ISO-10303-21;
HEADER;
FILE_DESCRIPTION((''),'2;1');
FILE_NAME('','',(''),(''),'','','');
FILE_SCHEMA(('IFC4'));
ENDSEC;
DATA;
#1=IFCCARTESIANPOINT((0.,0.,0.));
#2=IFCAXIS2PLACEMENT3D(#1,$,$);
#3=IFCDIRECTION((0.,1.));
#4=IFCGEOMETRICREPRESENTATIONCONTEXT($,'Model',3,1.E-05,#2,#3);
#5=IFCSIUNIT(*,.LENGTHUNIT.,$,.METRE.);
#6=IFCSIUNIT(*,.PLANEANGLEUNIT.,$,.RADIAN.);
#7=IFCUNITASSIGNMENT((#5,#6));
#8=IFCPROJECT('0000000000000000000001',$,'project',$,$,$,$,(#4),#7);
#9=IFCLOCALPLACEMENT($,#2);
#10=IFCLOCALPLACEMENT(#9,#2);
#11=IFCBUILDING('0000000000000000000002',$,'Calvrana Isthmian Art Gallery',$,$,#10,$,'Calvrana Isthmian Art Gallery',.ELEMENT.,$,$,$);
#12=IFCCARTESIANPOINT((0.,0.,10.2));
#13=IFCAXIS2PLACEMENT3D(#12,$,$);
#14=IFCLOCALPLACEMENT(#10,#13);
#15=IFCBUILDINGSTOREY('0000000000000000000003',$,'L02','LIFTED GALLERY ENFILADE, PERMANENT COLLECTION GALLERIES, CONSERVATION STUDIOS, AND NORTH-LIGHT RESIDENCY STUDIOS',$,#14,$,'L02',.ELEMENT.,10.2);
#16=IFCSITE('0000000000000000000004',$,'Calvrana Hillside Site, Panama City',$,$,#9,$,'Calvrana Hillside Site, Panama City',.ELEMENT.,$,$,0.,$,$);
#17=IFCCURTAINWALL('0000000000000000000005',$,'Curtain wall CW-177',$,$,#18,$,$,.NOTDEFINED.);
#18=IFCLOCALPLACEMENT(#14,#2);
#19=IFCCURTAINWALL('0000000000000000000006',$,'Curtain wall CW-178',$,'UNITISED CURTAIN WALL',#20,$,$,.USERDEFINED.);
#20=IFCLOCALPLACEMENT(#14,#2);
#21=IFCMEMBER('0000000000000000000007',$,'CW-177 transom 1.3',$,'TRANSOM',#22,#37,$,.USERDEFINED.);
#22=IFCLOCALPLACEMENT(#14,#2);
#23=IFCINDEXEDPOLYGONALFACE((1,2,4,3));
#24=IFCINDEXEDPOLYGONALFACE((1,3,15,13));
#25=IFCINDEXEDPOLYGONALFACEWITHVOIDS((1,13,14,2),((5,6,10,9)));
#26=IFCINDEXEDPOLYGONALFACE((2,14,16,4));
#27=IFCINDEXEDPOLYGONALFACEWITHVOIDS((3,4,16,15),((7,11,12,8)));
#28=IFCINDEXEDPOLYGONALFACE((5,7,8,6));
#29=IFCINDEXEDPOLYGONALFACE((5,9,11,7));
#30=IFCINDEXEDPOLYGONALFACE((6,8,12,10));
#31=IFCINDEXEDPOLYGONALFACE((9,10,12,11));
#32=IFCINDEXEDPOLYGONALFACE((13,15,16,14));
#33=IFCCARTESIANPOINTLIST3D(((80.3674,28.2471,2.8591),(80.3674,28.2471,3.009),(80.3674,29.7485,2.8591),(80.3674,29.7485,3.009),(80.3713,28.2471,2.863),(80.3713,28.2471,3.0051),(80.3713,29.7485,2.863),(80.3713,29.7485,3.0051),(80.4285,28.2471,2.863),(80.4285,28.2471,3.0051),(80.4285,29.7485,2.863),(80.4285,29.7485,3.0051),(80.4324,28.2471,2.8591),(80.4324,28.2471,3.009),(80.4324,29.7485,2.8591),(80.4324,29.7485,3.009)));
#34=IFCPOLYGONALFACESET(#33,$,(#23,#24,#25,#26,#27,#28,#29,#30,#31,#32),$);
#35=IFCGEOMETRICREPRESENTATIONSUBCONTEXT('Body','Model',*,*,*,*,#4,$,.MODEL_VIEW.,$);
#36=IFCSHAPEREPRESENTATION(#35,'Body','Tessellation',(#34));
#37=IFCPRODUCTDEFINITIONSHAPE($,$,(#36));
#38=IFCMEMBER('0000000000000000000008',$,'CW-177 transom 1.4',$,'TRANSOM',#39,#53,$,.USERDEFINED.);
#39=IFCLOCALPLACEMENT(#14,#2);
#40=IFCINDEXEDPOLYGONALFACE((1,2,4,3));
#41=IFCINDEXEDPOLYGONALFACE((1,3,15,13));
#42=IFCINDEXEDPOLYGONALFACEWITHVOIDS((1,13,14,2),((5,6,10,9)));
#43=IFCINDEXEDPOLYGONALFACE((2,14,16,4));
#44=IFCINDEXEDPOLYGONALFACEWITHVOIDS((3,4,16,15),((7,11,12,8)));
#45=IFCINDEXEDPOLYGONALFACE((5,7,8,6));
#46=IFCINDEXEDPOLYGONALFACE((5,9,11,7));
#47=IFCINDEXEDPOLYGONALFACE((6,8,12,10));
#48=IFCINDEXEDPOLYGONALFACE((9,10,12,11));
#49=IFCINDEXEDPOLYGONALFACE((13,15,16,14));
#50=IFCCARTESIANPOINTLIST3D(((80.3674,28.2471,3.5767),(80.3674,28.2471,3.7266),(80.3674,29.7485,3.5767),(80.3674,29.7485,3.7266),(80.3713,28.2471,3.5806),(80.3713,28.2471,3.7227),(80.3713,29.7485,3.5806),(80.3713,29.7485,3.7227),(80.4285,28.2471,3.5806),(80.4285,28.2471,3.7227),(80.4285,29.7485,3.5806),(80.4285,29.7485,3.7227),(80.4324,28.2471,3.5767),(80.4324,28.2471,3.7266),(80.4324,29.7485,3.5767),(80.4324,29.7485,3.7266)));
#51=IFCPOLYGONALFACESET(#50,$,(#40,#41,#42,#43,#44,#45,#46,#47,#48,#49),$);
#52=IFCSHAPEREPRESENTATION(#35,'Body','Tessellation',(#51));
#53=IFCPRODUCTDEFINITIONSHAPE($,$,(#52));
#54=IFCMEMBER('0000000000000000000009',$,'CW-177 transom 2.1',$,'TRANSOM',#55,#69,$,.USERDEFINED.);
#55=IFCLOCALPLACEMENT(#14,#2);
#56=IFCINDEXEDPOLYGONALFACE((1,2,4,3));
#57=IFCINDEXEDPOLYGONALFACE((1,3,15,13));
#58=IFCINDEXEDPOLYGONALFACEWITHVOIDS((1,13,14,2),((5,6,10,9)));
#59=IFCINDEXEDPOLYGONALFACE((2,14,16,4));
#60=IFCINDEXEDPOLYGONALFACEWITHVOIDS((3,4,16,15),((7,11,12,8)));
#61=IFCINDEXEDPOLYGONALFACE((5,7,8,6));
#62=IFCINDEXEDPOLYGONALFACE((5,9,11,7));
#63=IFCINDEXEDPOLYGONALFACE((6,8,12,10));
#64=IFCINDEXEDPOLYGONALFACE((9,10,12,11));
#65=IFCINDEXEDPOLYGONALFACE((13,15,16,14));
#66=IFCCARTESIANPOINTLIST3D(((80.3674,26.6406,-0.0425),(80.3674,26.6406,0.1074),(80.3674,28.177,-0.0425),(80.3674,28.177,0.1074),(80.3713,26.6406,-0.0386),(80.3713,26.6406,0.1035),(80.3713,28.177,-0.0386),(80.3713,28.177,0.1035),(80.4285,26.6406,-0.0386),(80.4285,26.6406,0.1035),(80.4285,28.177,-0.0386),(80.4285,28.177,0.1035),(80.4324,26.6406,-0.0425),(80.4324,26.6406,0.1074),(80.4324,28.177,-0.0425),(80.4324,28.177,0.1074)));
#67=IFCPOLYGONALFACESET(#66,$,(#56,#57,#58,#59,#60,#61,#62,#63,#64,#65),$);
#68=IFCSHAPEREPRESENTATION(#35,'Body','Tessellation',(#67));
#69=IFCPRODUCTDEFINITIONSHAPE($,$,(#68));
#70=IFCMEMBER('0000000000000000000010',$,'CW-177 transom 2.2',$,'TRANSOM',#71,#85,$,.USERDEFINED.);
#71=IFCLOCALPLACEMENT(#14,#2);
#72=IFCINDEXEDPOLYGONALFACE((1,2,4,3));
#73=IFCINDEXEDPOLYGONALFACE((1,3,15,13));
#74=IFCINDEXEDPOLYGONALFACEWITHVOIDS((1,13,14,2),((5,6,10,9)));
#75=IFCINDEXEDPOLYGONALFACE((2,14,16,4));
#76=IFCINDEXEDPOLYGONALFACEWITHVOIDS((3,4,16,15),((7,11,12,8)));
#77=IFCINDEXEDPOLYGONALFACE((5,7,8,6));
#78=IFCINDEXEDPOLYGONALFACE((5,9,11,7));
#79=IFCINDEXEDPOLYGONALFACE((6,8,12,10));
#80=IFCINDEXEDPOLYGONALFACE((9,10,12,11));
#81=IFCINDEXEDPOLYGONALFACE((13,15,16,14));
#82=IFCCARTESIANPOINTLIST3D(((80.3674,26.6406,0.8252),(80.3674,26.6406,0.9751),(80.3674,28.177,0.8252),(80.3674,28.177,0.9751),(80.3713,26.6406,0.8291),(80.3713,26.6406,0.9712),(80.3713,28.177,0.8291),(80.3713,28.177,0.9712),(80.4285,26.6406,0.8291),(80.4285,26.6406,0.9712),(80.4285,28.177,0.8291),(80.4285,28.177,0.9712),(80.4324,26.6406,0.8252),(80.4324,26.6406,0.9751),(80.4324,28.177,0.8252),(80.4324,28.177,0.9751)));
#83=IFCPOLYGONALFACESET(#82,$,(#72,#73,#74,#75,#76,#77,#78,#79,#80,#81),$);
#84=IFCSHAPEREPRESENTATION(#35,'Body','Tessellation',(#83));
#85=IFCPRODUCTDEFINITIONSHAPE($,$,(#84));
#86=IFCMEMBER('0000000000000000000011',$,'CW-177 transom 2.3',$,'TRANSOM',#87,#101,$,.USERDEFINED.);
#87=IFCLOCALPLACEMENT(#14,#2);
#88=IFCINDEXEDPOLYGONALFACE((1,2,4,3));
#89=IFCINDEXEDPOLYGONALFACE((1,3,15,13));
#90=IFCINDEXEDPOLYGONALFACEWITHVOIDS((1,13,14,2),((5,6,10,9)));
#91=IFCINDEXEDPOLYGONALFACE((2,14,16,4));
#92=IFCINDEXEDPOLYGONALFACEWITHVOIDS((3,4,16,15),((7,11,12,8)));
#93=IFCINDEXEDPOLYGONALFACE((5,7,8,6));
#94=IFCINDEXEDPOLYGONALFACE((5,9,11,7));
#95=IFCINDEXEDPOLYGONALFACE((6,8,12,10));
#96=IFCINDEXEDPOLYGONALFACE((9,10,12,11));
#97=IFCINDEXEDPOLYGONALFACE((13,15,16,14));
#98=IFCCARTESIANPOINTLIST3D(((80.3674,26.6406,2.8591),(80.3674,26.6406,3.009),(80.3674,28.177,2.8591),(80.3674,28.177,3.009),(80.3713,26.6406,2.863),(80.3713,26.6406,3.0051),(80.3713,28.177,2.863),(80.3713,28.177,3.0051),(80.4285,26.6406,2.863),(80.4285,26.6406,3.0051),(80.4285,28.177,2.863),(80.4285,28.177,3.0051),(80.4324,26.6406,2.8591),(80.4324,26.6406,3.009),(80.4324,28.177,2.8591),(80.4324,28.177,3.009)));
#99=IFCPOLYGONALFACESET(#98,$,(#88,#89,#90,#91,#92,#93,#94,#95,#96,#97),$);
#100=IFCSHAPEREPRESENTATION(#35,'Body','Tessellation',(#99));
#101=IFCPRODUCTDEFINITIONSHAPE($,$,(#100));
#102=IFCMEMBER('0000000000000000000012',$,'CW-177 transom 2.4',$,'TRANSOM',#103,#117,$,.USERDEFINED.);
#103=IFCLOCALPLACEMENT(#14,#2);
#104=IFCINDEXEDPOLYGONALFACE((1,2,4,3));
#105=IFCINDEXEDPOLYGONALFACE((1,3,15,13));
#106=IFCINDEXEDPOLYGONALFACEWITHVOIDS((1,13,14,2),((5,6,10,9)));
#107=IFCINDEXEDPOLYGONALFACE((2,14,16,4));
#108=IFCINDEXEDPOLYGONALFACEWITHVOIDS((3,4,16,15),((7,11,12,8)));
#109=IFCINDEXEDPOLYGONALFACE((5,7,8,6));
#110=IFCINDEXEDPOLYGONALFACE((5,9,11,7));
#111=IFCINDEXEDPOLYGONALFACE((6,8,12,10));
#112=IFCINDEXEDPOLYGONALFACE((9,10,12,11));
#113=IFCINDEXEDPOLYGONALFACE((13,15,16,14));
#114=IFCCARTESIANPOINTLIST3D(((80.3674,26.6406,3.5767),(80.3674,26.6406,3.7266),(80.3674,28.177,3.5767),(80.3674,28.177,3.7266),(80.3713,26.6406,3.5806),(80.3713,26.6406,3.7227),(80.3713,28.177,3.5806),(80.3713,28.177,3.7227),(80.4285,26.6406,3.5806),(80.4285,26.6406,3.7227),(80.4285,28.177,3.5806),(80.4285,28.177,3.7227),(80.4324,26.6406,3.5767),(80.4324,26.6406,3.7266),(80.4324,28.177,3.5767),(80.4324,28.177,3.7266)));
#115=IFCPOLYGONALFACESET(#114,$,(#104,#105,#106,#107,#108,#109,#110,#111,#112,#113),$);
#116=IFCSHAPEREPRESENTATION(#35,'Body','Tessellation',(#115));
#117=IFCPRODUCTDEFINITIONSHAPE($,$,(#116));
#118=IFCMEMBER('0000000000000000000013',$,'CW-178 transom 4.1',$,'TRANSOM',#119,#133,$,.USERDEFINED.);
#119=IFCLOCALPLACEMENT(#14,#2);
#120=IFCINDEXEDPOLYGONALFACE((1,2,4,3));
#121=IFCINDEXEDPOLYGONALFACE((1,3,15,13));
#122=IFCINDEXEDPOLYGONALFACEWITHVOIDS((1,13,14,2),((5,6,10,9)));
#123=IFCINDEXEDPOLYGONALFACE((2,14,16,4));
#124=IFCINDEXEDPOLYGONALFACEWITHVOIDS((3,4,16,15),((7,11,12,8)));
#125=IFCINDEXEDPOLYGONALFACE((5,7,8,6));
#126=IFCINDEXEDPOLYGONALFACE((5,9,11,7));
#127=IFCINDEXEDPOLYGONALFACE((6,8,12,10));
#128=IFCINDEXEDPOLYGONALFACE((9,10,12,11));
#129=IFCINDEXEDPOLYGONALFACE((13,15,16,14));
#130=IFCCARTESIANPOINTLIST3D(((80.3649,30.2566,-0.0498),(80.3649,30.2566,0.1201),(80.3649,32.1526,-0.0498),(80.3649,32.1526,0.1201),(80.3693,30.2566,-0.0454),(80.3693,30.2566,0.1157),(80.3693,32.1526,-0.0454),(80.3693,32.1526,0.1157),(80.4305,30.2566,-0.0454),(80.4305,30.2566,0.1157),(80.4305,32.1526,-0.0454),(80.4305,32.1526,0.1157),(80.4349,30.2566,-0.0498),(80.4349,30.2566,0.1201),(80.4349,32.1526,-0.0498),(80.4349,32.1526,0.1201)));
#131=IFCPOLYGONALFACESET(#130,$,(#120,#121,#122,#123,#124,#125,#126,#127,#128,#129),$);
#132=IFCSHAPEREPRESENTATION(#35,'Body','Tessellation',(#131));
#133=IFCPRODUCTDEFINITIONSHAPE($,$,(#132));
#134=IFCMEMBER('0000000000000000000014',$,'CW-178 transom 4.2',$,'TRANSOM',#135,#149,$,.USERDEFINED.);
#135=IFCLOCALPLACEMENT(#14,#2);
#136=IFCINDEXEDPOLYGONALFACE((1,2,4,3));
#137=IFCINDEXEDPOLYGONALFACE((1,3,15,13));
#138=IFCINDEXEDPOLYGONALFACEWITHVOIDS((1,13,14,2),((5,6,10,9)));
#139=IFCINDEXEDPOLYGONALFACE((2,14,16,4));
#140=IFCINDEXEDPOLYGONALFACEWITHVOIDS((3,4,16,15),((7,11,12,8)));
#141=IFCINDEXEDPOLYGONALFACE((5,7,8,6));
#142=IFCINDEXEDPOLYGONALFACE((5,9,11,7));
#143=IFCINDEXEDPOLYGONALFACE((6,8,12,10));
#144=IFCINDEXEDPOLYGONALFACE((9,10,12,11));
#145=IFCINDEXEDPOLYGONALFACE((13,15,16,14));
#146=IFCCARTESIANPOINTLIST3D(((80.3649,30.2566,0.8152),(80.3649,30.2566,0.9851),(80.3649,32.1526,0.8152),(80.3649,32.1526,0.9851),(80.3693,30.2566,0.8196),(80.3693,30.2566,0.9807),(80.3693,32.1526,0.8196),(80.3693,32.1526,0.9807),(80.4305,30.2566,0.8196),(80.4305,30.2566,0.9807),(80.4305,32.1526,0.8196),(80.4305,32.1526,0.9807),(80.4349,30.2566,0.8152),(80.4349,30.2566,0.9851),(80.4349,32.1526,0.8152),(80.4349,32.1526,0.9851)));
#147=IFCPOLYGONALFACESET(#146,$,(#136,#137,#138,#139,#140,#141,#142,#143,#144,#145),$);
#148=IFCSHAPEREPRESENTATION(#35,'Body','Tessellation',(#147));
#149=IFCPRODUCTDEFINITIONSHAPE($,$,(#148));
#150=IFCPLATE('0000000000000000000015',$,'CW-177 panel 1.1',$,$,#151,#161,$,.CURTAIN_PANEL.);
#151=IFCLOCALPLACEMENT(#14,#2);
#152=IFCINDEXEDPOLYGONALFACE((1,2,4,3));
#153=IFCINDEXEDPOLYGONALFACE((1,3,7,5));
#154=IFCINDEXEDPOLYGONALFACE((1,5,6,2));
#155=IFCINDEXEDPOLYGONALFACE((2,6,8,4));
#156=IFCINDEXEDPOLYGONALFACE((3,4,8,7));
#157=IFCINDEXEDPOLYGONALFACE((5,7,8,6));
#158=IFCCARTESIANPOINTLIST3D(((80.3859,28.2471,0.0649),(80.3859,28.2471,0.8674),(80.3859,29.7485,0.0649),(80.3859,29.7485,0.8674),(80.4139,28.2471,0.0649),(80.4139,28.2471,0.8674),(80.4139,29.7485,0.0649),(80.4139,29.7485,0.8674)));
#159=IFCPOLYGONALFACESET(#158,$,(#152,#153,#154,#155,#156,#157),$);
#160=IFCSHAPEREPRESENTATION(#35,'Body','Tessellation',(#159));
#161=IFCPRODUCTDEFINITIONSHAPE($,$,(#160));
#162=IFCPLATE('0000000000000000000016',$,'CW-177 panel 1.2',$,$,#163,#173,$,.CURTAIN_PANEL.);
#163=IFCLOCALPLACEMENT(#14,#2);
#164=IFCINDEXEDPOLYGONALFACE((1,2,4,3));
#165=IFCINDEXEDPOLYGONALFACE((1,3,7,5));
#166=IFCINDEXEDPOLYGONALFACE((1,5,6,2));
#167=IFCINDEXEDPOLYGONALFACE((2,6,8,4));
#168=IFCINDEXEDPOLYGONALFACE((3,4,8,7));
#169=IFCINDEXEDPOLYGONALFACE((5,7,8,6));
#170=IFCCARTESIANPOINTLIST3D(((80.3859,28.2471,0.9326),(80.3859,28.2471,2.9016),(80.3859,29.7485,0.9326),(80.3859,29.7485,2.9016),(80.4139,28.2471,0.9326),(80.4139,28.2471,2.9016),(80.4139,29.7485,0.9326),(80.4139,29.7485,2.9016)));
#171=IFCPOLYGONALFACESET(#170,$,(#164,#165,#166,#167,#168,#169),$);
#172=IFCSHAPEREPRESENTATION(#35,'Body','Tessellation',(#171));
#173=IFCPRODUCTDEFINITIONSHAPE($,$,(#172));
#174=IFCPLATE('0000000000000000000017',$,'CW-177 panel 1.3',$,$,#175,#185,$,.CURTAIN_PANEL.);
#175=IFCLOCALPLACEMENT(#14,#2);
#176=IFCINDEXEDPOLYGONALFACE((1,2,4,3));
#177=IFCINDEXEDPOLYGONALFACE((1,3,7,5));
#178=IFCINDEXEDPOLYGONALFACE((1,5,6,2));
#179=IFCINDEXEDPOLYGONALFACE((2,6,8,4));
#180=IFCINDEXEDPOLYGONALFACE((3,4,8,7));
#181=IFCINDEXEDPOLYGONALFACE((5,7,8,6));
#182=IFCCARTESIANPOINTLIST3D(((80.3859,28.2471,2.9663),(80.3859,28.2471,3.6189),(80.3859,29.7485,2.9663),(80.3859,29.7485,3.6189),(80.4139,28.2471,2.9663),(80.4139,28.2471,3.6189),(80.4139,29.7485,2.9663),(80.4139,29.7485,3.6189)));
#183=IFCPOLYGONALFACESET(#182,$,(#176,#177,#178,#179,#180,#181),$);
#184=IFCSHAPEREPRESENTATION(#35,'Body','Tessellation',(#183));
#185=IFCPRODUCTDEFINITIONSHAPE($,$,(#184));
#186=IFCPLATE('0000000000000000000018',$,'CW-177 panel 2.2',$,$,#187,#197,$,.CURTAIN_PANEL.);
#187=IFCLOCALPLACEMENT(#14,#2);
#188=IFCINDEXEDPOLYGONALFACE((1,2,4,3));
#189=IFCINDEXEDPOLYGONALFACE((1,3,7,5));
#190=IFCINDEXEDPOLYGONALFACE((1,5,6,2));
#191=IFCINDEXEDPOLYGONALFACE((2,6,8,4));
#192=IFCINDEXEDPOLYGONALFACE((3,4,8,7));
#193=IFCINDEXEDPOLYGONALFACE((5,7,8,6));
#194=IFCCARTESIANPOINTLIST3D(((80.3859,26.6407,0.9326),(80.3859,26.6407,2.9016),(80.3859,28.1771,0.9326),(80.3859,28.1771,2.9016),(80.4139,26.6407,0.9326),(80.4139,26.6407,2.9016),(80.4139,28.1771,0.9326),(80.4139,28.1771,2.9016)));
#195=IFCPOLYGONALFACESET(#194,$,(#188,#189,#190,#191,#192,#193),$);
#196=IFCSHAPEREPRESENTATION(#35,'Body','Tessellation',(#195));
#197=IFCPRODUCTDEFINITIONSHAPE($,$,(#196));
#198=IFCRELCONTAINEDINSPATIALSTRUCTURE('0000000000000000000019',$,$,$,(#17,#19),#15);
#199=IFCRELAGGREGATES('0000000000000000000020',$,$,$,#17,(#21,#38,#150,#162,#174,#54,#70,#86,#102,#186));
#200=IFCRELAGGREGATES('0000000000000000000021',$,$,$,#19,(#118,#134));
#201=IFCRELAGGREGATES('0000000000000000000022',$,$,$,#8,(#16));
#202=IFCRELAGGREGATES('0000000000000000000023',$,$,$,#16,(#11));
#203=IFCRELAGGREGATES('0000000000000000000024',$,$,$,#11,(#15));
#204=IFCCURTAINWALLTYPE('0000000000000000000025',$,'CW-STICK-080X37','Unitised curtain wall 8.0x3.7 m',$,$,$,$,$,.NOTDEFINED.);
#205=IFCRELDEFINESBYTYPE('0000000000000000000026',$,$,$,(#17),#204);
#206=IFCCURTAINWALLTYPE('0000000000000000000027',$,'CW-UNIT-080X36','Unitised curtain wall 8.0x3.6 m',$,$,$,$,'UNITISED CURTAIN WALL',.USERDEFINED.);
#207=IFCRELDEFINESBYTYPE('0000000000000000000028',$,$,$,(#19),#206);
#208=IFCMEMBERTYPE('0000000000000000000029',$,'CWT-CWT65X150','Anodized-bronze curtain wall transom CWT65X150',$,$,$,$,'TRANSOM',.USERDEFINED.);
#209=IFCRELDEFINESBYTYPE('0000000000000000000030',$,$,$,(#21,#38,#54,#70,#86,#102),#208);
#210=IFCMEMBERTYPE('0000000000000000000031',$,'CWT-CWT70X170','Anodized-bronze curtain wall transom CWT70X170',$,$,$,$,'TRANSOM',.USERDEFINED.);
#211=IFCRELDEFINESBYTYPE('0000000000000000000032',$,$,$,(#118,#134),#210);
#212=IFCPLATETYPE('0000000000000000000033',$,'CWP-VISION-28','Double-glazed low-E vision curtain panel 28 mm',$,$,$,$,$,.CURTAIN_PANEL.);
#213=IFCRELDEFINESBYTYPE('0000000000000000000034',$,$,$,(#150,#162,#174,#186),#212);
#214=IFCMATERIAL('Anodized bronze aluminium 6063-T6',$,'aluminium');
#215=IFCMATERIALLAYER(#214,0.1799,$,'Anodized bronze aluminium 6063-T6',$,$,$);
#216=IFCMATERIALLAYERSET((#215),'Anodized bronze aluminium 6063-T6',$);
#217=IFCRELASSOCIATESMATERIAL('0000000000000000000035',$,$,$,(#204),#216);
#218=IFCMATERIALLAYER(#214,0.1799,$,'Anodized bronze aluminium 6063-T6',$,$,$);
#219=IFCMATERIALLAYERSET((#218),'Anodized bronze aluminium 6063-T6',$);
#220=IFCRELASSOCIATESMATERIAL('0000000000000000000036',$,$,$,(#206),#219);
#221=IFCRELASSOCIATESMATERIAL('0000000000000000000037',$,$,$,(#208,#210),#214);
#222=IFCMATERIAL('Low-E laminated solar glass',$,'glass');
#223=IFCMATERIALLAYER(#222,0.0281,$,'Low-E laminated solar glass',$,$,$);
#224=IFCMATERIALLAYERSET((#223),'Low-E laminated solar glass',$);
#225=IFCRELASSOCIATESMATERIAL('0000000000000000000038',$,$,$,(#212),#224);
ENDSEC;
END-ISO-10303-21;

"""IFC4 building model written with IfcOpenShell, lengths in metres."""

from ifc_helpers import new_model, si_unit, direction, frame, origin, origin_2d, place, context, subcontext, project, spatial, rectangle, hollow_rectangle, extrude, material, layer, layer_set, material_profile, profile_set, type_object, element, aggregate, save


model = new_model("IFC4")

# Units and contexts
model_context = context("Model", 3, precision=1e-05, world=origin(), true_north=direction((0.0, 1.0)))
body_context = subcontext(model_context, "Body", "Model", "MODEL_VIEW")
ifc_project = project(units=[si_unit("LENGTHUNIT", "METRE"), si_unit("PLANEANGLEUNIT", "RADIAN")], contexts=[model_context])

# Site, building, storey
site_placement = place(None, origin())
site = spatial("IfcSite", under=ifc_project, at=site_placement, Name="Calvrana Hillside Site, Panama City", LongName="Calvrana Hillside Site, Panama City", CompositionType="ELEMENT", RefElevation=0.0)
building_placement = place(site_placement, origin())
building = spatial("IfcBuilding", under=site, at=building_placement, Name="Calvrana Isthmian Art Gallery", LongName="Calvrana Isthmian Art Gallery", CompositionType="ELEMENT")
storey_placement = place(building_placement, frame((0.0, 0.0, 10.2)))
storey = spatial("IfcBuildingStorey", under=building, at=storey_placement, Name="L02", Description="LIFTED GALLERY ENFILADE, PERMANENT COLLECTION GALLERIES, CONSERVATION STUDIOS, AND NORTH-LIGHT RESIDENCY STUDIOS", LongName="L02", CompositionType="ELEMENT", Elevation=10.2)

# Curtain wall
ifc_material_1 = material(Name="Anodized bronze aluminium 6063-T6", Category="aluminium")
ifc_layer_1 = layer(ifc_material_1, 0.1799, Name="Anodized bronze aluminium 6063-T6")
ifc_layer_set_1 = layer_set([ifc_layer_1], Name="Anodized bronze aluminium 6063-T6")
curtain_wall_type_1 = type_object("IfcCurtainWallType", Name="CW-STICK-080X37", Description="Unitised curtain wall 8.0x3.7 m", PredefinedType="NOTDEFINED", material=ifc_layer_set_1)
curtain_wall_1_placement = place(storey_placement, origin())
curtain_wall_1 = element("IfcCurtainWall", 1, at=curtain_wall_1_placement, inside=storey, type_object=curtain_wall_type_1, Name="Curtain wall CW-177", PredefinedType="NOTDEFINED")

# Curtain wall
ifc_layer_2 = layer(ifc_material_1, 0.1799, Name="Anodized bronze aluminium 6063-T6")
ifc_layer_set_2 = layer_set([ifc_layer_2], Name="Anodized bronze aluminium 6063-T6")
curtain_wall_type_2 = type_object("IfcCurtainWallType", Name="CW-UNIT-080X36", Description="Unitised curtain wall 8.0x3.6 m", ElementType="UNITISED CURTAIN WALL", PredefinedType="USERDEFINED", material=ifc_layer_set_2)
curtain_wall_2_placement = place(storey_placement, origin())
curtain_wall_2 = element("IfcCurtainWall", 2, at=curtain_wall_2_placement, inside=storey, type_object=curtain_wall_type_2, Name="Curtain wall CW-178", ObjectType="UNITISED CURTAIN WALL", PredefinedType="USERDEFINED")

# Members
ifc_material_profile_1 = material_profile(ifc_material_1, hollow_rectangle(XDim=0.0649, YDim=0.1499, WallThickness=0.0039, at=origin_2d()), Name="CWT65X150")
ifc_profile_set_1 = profile_set([ifc_material_profile_1], Name="Anodized bronze aluminium 6063-T6")
member_type_1 = type_object("IfcMemberType", Name="CWT-CWT65X150", Description="Anodized-bronze curtain wall transom CWT65X150", ElementType="TRANSOM", PredefinedType="USERDEFINED", material=ifc_profile_set_1)
member_1_placement = place(storey_placement, frame((80.3999, 29.7485, 2.9341), z_axis=(0.0, -1.0, 0.0), x_axis=(1.0, 0.0, 0.0)))
member_1 = element("IfcMember", 3, at=member_1_placement, type_object=member_type_1, Name="CW-177 transom 1.3", ObjectType="TRANSOM", PredefinedType="USERDEFINED", context=body_context, shape_type="SweptSolid", body=[
    extrude(hollow_rectangle(XDim=0.0649, YDim=0.1499, WallThickness=0.0039, at=origin_2d()), origin(), (0.0, 0.0, 1.0), 1.5015),
])
member_2_placement = place(storey_placement, frame((80.3999, 29.7485, 3.6516), z_axis=(0.0, -1.0, 0.0), x_axis=(1.0, 0.0, 0.0)))
member_2 = element("IfcMember", 4, at=member_2_placement, type_object=member_type_1, Name="CW-177 transom 1.4", ObjectType="TRANSOM", PredefinedType="USERDEFINED", context=body_context, shape_type="SweptSolid", body=[
    extrude(hollow_rectangle(XDim=0.0649, YDim=0.1499, WallThickness=0.0039, at=origin_2d()), origin(), (0.0, 0.0, 1.0), 1.5015),
])
member_3_placement = place(storey_placement, frame((80.3999, 28.177, 0.0325), z_axis=(0.0, -1.0, 0.0), x_axis=(1.0, 0.0, 0.0)))
member_3 = element("IfcMember", 5, at=member_3_placement, type_object=member_type_1, Name="CW-177 transom 2.1", ObjectType="TRANSOM", PredefinedType="USERDEFINED", context=body_context, shape_type="SweptSolid", body=[
    extrude(hollow_rectangle(XDim=0.0649, YDim=0.1499, WallThickness=0.0039, at=origin_2d()), origin(), (0.0, 0.0, 1.0), 1.5364),
])
member_4_placement = place(storey_placement, frame((80.3999, 28.177, 0.9001), z_axis=(0.0, -1.0, 0.0), x_axis=(1.0, 0.0, 0.0)))
member_4 = element("IfcMember", 6, at=member_4_placement, type_object=member_type_1, Name="CW-177 transom 2.2", ObjectType="TRANSOM", PredefinedType="USERDEFINED", context=body_context, shape_type="SweptSolid", body=[
    extrude(hollow_rectangle(XDim=0.0649, YDim=0.1499, WallThickness=0.0039, at=origin_2d()), origin(), (0.0, 0.0, 1.0), 1.5364),
])
member_5_placement = place(storey_placement, frame((80.3999, 28.177, 2.9341), z_axis=(0.0, -1.0, 0.0), x_axis=(1.0, 0.0, 0.0)))
member_5 = element("IfcMember", 7, at=member_5_placement, type_object=member_type_1, Name="CW-177 transom 2.3", ObjectType="TRANSOM", PredefinedType="USERDEFINED", context=body_context, shape_type="SweptSolid", body=[
    extrude(hollow_rectangle(XDim=0.0649, YDim=0.1499, WallThickness=0.0039, at=origin_2d()), origin(), (0.0, 0.0, 1.0), 1.5364),
])
member_6_placement = place(storey_placement, frame((80.3999, 28.177, 3.6516), z_axis=(0.0, -1.0, 0.0), x_axis=(1.0, 0.0, 0.0)))
member_6 = element("IfcMember", 8, at=member_6_placement, type_object=member_type_1, Name="CW-177 transom 2.4", ObjectType="TRANSOM", PredefinedType="USERDEFINED", context=body_context, shape_type="SweptSolid", body=[
    extrude(hollow_rectangle(XDim=0.0649, YDim=0.1499, WallThickness=0.0039, at=origin_2d()), origin(), (0.0, 0.0, 1.0), 1.5364),
])
ifc_material_profile_2 = material_profile(ifc_material_1, hollow_rectangle(XDim=0.0701, YDim=0.1699, WallThickness=0.0044, at=origin_2d()), Name="CWT70X170")
ifc_profile_set_2 = profile_set([ifc_material_profile_2], Name="Anodized bronze aluminium 6063-T6")
member_type_2 = type_object("IfcMemberType", Name="CWT-CWT70X170", Description="Anodized-bronze curtain wall transom CWT70X170", ElementType="TRANSOM", PredefinedType="USERDEFINED", material=ifc_profile_set_2)
member_7_placement = place(storey_placement, frame((80.3999, 32.1526, 0.0352), z_axis=(0.0, -1.0, 0.0), x_axis=(1.0, 0.0, 0.0)))
member_7 = element("IfcMember", 9, at=member_7_placement, type_object=member_type_2, Name="CW-178 transom 4.1", ObjectType="TRANSOM", PredefinedType="USERDEFINED", context=body_context, shape_type="SweptSolid", body=[
    extrude(hollow_rectangle(XDim=0.0701, YDim=0.1699, WallThickness=0.0044, at=origin_2d()), origin(), (0.0, 0.0, 1.0), 1.896),
])
member_8_placement = place(storey_placement, frame((80.3999, 32.1526, 0.9001), z_axis=(0.0, -1.0, 0.0), x_axis=(1.0, 0.0, 0.0)))
member_8 = element("IfcMember", 10, at=member_8_placement, type_object=member_type_2, Name="CW-178 transom 4.2", ObjectType="TRANSOM", PredefinedType="USERDEFINED", context=body_context, shape_type="SweptSolid", body=[
    extrude(hollow_rectangle(XDim=0.0701, YDim=0.1699, WallThickness=0.0044, at=origin_2d()), origin(), (0.0, 0.0, 1.0), 1.896),
])

# Plates
ifc_material_2 = material(Name="Low-E laminated solar glass", Category="glass")
ifc_layer_3 = layer(ifc_material_2, 0.0281, Name="Low-E laminated solar glass")
ifc_layer_set_3 = layer_set([ifc_layer_3], Name="Low-E laminated solar glass")
plate_type = type_object("IfcPlateType", Name="CWP-VISION-28", Description="Double-glazed low-E vision curtain panel 28 mm", PredefinedType="CURTAIN_PANEL", material=ifc_layer_set_3)
plate_1_placement = place(storey_placement, frame((80.3999, 28.9978, 0.0649), z_axis=(0.0, 0.0, 1.0), x_axis=(0.0, -1.0, 0.0)))
plate_1 = element("IfcPlate", 11, at=plate_1_placement, type_object=plate_type, Name="CW-177 panel 1.1", PredefinedType="CURTAIN_PANEL", context=body_context, shape_type="SweptSolid", body=[
    extrude(rectangle(XDim=1.5015, YDim=0.0281, at=origin_2d()), origin(), (0.0, 0.0, 1.0), 0.8025),
])
plate_2_placement = place(storey_placement, frame((80.3999, 28.9978, 0.9326), z_axis=(0.0, 0.0, 1.0), x_axis=(0.0, -1.0, 0.0)))
plate_2 = element("IfcPlate", 12, at=plate_2_placement, type_object=plate_type, Name="CW-177 panel 1.2", PredefinedType="CURTAIN_PANEL", context=body_context, shape_type="SweptSolid", body=[
    extrude(rectangle(XDim=1.5015, YDim=0.0281, at=origin_2d()), origin(), (0.0, 0.0, 1.0), 1.969),
])
plate_3_placement = place(storey_placement, frame((80.3999, 28.9978, 2.9663), z_axis=(0.0, 0.0, 1.0), x_axis=(0.0, -1.0, 0.0)))
plate_3 = element("IfcPlate", 13, at=plate_3_placement, type_object=plate_type, Name="CW-177 panel 1.3", PredefinedType="CURTAIN_PANEL", context=body_context, shape_type="SweptSolid", body=[
    extrude(rectangle(XDim=1.5015, YDim=0.0281, at=origin_2d()), origin(), (0.0, 0.0, 1.0), 0.6526),
])
plate_4_placement = place(storey_placement, frame((80.3999, 27.4089, 0.9326), z_axis=(0.0, 0.0, 1.0), x_axis=(0.0, -1.0, 0.0)))
plate_4 = element("IfcPlate", 14, at=plate_4_placement, type_object=plate_type, Name="CW-177 panel 2.2", PredefinedType="CURTAIN_PANEL", context=body_context, shape_type="SweptSolid", body=[
    extrude(rectangle(XDim=1.5364, YDim=0.0281, at=origin_2d()), origin(), (0.0, 0.0, 1.0), 1.969),
])
aggregate(curtain_wall_1, [member_1, member_2, plate_1, plate_2, plate_3, member_3, member_4, member_5, member_6, plate_4])
aggregate(curtain_wall_2, [member_7, member_8])

save(model, "model.ifc")
